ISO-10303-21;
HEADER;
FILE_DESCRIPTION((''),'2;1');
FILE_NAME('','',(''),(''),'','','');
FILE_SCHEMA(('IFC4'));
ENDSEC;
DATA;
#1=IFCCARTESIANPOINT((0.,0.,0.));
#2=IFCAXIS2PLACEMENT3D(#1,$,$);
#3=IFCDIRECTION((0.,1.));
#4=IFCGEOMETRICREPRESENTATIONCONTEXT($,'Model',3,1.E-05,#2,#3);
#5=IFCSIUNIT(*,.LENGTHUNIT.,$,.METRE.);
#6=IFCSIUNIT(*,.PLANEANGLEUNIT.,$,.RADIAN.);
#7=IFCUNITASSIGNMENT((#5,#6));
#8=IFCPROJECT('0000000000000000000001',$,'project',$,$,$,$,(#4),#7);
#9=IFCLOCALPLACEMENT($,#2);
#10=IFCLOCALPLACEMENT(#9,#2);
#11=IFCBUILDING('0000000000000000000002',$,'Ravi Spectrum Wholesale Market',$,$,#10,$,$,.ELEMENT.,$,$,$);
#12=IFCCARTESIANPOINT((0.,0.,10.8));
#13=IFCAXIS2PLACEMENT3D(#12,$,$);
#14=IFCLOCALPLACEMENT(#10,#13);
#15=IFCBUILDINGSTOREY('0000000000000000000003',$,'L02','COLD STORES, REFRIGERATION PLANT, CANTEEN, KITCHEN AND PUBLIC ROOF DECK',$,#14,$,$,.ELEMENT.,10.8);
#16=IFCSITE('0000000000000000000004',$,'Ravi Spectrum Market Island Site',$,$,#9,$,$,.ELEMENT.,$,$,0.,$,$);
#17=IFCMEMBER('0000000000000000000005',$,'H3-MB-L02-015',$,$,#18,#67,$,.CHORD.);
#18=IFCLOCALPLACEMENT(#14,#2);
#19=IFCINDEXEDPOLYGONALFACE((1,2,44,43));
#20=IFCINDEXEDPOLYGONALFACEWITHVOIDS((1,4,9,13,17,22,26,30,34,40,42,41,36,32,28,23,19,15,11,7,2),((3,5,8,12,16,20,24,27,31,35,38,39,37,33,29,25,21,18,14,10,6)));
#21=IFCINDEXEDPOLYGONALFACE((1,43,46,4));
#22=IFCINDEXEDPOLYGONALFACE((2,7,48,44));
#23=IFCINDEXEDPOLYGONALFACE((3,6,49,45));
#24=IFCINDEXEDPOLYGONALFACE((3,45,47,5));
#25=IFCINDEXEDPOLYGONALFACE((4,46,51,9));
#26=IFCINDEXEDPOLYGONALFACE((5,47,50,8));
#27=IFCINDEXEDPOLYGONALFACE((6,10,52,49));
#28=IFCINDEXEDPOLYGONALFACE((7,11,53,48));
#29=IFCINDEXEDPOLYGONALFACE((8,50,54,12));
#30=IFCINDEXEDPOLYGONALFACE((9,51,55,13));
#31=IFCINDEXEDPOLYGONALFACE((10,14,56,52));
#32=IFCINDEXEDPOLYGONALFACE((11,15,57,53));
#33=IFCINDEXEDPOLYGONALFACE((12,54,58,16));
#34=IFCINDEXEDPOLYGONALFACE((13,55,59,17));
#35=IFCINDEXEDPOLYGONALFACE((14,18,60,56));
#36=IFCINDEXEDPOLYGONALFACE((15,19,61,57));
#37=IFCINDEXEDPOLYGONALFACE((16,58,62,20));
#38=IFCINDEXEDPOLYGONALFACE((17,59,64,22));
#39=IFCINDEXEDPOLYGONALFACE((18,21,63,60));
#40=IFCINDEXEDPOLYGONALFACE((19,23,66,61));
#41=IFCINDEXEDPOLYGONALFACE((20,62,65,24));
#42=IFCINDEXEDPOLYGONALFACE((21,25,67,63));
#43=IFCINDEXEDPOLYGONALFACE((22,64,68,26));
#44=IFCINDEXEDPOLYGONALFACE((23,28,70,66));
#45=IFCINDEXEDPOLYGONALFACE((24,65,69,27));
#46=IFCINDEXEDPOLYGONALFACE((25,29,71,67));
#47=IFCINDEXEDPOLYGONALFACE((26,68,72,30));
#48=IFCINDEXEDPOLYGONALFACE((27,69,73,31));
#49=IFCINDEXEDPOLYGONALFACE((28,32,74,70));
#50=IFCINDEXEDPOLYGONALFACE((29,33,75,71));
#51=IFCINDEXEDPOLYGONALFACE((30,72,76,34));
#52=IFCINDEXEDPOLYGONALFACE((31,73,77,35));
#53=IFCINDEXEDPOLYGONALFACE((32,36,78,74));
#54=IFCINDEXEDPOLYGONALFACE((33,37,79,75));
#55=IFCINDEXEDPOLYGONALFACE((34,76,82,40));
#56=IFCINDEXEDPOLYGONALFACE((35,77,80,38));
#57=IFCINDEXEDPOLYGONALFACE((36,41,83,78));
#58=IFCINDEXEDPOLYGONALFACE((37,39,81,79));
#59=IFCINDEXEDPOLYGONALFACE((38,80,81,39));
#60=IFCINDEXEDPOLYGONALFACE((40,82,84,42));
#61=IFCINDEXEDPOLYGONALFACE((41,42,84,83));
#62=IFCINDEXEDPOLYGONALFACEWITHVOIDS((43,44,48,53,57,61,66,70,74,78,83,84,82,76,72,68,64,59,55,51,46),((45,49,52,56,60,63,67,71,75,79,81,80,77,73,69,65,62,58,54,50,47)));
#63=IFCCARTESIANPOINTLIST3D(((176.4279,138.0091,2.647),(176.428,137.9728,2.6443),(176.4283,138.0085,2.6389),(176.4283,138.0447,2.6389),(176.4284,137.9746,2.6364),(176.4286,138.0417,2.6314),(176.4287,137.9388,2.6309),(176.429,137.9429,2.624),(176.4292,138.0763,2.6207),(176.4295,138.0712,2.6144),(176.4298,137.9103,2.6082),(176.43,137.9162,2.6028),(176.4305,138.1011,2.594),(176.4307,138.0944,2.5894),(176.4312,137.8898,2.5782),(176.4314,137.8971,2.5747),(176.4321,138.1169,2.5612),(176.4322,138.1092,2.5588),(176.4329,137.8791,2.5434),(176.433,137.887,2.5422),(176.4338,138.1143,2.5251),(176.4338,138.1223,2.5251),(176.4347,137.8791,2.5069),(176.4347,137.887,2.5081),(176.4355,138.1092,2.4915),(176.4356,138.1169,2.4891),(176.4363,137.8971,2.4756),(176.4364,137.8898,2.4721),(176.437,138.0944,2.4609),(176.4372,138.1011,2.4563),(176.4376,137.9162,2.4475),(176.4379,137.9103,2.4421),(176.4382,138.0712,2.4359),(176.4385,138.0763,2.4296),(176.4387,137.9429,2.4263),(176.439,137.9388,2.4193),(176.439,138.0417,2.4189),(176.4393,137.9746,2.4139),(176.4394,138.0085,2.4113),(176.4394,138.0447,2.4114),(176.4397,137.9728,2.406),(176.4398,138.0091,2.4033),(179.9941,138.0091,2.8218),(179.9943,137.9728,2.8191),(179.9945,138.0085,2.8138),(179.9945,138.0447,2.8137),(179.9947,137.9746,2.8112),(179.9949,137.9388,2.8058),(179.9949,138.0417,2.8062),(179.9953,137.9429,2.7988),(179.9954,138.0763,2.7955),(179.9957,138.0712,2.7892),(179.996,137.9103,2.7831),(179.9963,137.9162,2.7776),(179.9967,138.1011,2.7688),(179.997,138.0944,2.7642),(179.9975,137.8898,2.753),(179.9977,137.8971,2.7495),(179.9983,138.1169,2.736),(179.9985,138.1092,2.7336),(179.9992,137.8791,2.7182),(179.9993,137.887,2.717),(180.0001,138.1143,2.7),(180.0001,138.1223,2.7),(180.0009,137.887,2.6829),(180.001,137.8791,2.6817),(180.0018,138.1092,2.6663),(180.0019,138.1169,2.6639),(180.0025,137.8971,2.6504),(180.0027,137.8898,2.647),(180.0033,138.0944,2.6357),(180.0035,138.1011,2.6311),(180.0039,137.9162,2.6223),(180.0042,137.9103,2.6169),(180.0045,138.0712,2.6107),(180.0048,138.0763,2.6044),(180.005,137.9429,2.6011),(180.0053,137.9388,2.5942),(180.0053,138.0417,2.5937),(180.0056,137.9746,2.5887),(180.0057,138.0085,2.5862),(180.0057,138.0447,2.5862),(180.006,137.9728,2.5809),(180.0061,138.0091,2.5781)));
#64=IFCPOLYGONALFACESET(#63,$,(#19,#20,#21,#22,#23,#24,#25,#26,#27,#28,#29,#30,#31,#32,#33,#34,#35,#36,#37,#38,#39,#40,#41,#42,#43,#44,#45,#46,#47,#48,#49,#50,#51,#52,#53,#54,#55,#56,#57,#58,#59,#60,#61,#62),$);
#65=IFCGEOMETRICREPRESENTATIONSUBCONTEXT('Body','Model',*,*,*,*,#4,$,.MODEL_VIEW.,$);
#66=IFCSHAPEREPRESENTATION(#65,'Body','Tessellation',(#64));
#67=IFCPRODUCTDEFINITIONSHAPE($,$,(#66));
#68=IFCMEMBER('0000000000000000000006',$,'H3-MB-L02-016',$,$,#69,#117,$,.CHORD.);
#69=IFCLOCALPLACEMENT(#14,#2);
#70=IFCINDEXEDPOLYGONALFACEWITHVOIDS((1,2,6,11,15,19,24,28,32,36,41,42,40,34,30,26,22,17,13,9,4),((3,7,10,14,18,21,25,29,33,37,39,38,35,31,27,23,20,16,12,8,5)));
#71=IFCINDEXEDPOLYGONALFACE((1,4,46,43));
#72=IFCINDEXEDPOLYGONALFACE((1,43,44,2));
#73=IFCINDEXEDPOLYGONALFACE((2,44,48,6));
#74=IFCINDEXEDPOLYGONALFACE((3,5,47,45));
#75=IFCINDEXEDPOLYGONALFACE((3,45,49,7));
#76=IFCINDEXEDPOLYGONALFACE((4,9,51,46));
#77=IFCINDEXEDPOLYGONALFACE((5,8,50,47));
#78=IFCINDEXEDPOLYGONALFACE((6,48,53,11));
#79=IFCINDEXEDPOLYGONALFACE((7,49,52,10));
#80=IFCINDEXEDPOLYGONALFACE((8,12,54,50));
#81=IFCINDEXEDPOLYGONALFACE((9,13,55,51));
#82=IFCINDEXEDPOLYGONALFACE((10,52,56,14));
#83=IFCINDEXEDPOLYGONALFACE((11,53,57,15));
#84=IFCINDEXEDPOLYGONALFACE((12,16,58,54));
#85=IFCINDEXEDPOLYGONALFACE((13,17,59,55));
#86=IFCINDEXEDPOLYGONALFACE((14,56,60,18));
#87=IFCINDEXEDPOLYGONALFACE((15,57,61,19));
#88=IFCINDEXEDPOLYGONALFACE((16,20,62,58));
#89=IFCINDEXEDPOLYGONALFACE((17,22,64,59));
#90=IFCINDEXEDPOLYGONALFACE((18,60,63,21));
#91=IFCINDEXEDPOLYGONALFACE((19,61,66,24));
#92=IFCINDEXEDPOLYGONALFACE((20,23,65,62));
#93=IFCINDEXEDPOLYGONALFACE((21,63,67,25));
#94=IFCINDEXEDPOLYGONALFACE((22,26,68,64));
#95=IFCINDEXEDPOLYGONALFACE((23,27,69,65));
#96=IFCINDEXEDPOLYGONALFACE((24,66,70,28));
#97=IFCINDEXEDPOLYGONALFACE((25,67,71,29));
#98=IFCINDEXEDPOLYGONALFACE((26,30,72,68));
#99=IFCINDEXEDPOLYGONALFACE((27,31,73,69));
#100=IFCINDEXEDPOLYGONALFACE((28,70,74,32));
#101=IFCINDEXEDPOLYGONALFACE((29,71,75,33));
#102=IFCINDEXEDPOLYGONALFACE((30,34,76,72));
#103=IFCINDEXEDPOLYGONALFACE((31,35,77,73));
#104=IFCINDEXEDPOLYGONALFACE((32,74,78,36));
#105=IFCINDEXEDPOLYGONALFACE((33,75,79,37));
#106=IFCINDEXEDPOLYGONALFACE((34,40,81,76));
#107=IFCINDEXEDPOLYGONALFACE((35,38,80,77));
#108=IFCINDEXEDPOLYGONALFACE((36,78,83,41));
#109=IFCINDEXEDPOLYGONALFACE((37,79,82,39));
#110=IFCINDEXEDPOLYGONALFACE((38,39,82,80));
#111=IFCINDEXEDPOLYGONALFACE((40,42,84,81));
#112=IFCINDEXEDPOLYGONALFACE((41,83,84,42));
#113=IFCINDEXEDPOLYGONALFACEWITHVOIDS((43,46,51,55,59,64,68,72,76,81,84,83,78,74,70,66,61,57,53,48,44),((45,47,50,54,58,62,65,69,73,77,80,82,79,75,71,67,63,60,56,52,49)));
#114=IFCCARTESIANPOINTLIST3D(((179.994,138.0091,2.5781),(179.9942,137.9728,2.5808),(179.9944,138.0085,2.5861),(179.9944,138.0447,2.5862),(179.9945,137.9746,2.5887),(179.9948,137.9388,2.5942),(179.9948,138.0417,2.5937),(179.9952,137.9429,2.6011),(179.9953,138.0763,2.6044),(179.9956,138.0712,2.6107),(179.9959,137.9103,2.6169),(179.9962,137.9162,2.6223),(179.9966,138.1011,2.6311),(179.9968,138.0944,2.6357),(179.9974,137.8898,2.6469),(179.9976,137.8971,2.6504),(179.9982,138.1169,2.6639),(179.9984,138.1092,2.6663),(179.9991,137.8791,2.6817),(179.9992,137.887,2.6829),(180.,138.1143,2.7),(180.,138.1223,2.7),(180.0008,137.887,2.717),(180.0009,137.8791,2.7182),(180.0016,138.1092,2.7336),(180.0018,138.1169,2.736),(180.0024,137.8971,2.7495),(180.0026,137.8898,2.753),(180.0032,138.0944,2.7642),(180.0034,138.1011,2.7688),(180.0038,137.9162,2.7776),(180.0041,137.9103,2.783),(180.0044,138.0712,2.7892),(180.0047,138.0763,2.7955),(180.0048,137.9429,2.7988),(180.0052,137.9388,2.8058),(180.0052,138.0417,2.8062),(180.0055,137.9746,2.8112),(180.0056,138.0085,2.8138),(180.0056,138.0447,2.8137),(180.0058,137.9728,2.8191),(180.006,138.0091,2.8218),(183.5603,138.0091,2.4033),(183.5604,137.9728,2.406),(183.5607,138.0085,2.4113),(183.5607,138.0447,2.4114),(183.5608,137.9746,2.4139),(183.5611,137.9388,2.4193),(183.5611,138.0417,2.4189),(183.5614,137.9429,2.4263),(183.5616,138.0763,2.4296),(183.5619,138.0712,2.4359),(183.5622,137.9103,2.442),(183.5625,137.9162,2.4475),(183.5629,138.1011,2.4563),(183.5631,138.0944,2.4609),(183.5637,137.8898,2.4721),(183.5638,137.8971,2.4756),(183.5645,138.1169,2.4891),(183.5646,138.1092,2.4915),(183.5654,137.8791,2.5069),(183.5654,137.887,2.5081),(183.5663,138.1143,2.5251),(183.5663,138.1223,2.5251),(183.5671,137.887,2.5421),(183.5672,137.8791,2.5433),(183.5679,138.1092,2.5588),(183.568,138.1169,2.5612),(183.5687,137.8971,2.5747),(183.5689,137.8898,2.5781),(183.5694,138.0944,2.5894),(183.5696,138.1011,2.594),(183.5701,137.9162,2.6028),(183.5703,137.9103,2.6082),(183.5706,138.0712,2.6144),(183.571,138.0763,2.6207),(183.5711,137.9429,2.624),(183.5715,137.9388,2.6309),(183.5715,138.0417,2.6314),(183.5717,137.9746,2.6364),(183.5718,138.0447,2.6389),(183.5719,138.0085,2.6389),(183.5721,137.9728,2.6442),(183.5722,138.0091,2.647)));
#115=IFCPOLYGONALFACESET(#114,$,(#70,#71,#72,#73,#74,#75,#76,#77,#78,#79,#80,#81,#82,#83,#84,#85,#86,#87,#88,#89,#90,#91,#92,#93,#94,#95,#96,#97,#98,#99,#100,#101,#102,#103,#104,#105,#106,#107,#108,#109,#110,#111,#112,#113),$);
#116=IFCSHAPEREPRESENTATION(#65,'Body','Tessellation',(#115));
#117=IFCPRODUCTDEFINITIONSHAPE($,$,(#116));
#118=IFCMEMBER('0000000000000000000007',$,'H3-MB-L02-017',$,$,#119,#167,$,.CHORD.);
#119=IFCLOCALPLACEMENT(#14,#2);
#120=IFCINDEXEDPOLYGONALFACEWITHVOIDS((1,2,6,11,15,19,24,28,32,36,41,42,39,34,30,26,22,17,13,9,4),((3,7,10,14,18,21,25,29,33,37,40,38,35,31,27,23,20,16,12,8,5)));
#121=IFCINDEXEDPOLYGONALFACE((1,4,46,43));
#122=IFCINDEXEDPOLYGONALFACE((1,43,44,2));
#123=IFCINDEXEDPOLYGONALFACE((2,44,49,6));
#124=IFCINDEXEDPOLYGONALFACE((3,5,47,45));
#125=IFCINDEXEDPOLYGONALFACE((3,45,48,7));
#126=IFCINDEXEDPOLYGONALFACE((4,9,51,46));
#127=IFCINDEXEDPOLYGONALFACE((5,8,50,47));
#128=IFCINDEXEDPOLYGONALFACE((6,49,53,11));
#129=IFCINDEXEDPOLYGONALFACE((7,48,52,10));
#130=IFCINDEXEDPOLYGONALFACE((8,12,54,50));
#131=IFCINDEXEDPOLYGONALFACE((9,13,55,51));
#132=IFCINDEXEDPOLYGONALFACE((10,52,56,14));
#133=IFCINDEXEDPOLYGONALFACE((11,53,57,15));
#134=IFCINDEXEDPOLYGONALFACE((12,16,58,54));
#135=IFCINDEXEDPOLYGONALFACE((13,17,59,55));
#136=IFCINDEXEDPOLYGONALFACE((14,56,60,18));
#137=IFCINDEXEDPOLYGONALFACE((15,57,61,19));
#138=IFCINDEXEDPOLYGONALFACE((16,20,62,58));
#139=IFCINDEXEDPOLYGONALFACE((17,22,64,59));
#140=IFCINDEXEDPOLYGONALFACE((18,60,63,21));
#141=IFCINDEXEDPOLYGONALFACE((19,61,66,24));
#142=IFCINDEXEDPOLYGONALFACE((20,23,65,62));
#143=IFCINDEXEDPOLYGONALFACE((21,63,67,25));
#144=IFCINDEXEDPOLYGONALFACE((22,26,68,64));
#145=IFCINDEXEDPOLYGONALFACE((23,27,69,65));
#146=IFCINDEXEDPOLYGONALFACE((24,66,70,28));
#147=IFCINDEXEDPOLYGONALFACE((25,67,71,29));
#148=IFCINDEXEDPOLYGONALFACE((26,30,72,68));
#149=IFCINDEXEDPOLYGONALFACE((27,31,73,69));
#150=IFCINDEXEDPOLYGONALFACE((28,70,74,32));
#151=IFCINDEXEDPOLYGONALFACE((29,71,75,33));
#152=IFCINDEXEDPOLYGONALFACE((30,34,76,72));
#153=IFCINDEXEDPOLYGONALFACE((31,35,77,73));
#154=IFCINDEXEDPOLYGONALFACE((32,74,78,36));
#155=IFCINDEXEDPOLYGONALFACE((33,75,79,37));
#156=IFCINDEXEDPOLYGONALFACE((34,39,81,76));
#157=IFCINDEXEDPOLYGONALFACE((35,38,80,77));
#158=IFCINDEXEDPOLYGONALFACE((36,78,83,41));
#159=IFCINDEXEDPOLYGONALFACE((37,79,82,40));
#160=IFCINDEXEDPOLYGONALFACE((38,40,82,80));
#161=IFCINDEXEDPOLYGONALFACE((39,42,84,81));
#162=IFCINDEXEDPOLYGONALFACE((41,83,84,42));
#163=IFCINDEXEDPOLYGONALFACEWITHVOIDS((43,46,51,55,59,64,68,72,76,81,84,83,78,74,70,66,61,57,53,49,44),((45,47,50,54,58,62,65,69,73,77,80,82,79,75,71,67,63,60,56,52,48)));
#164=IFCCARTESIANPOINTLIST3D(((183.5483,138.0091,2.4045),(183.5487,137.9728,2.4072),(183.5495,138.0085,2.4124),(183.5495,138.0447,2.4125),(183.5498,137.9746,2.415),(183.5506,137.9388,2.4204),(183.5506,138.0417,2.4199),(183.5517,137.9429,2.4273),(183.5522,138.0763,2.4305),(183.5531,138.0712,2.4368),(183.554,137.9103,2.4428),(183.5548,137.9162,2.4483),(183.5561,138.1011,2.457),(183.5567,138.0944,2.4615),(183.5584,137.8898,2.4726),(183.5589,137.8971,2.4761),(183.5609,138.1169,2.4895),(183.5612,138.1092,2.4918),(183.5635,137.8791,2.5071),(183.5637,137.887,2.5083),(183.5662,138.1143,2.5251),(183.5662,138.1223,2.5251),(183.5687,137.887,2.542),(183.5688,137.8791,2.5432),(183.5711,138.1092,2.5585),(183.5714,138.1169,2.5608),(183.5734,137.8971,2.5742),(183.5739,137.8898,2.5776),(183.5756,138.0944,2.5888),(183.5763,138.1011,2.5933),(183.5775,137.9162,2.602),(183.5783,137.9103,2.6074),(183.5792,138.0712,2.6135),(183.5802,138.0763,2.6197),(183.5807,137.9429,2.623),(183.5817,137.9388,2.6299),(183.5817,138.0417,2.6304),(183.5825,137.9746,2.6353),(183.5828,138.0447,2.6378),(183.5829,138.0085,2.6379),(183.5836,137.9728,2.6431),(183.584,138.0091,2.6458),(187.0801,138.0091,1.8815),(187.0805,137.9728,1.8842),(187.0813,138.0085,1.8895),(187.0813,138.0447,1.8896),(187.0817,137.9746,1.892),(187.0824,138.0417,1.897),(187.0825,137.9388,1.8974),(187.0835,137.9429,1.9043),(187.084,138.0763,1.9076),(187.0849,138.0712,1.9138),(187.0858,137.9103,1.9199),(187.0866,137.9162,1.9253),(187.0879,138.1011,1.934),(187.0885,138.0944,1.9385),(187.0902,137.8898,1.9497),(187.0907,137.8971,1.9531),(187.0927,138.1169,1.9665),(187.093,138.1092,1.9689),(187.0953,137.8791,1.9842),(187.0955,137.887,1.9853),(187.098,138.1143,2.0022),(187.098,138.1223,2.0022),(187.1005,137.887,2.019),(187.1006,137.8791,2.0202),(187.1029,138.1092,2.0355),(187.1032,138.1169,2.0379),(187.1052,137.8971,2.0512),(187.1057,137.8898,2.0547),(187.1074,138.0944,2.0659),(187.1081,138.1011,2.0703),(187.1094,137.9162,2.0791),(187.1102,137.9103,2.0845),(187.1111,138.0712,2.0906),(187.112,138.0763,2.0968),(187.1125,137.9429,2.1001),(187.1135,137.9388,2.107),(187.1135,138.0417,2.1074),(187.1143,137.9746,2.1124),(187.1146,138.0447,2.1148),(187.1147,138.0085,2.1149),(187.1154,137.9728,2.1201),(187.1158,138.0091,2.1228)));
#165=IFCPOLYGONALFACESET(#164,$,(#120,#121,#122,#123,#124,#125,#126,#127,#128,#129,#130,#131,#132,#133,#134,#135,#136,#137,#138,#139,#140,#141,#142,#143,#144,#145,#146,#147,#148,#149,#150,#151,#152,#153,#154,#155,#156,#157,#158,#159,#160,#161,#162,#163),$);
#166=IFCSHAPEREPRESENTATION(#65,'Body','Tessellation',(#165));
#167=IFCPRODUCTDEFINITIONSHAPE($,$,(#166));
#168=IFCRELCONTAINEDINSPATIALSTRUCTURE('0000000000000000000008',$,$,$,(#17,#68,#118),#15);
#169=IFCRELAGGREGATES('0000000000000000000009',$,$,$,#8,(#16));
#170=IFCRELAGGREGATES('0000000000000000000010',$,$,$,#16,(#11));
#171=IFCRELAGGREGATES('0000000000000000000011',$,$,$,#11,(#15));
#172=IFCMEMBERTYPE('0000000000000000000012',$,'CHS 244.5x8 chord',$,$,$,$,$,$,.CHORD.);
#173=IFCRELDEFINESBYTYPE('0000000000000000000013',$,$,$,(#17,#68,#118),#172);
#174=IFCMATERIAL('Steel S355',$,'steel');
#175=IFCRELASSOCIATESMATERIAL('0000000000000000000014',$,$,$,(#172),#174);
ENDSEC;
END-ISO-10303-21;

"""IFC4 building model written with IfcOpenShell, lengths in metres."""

from ifc_helpers import new_model, si_unit, direction, frame, origin, origin_2d, place, context, subcontext, project, spatial, hollow_circle, extrude, material, material_profile, profile_set, type_object, element, save


model = new_model("IFC4")

# Units and contexts
model_context = context("Model", 3, precision=1e-05, world=origin(), true_north=direction((0.0, 1.0)))
body_context = subcontext(model_context, "Body", "Model", "MODEL_VIEW")
ifc_project = project(units=[si_unit("LENGTHUNIT", "METRE"), si_unit("PLANEANGLEUNIT", "RADIAN")], contexts=[model_context])

# Site, building, storey
site_placement = place(None, origin())
site = spatial("IfcSite", under=ifc_project, at=site_placement, Name="Ravi Spectrum Market Island Site", CompositionType="ELEMENT", RefElevation=0.0)
building_placement = place(site_placement, origin())
building = spatial("IfcBuilding", under=site, at=building_placement, Name="Ravi Spectrum Wholesale Market", CompositionType="ELEMENT")
storey_placement = place(building_placement, frame((0.0, 0.0, 10.8)))
storey = spatial("IfcBuildingStorey", under=building, at=storey_placement, Name="L02", Description="COLD STORES, REFRIGERATION PLANT, CANTEEN, KITCHEN AND PUBLIC ROOF DECK", CompositionType="ELEMENT", Elevation=10.8)

# Members
ifc_material_1 = material(Name="Steel S355", Category="steel")
ifc_material_profile_1 = material_profile(ifc_material_1, hollow_circle(Radius=0.1223, WallThickness=0.0081, at=origin_2d()))
ifc_profile_set_1 = profile_set([ifc_material_profile_1], Name="Steel S355")
member_type_1 = type_object("IfcMemberType", Name="CHS 244.5x8 chord", PredefinedType="CHORD", material=ifc_profile_set_1)
for number, where, z_axis, x_axis, name in (
    (1, (176.4338, 138.0, 2.5251), (0.998801, 0.0, 0.048959), (0.0, 1.0, 0.0), "H3-MB-L02-015"),
    (2, (180.0, 138.0, 2.7), (0.998801, 0.0, -0.048959), (0.0, 1.0, 0.0), "H3-MB-L02-016"),
):
    element("IfcMember", number, at=place(storey_placement, frame(where, z_axis=z_axis, x_axis=x_axis)), inside=storey, type_object=member_type_1, Name=name, PredefinedType="CHORD", context=body_context, shape_type="SweptSolid", body=[
        extrude(hollow_circle(Radius=0.1223, WallThickness=0.0081, at=origin_2d()), origin(), (0.0, 0.0, 1.0), 3.5706),
    ])
member_1_placement = place(storey_placement, frame((183.5662, 138.0, 2.5251), z_axis=(0.989214, 0.0, -0.146474), x_axis=(0.0, 1.0, 0.0)))
element("IfcMember", 3, at=member_1_placement, inside=storey, type_object=member_type_1, Name="H3-MB-L02-017", PredefinedType="CHORD", context=body_context, shape_type="SweptSolid", body=[
    extrude(hollow_circle(Radius=0.1223, WallThickness=0.0081, at=origin_2d()), origin(), (0.0, 0.0, 1.0), 3.5703),
])

save(model, "model.ifc")
